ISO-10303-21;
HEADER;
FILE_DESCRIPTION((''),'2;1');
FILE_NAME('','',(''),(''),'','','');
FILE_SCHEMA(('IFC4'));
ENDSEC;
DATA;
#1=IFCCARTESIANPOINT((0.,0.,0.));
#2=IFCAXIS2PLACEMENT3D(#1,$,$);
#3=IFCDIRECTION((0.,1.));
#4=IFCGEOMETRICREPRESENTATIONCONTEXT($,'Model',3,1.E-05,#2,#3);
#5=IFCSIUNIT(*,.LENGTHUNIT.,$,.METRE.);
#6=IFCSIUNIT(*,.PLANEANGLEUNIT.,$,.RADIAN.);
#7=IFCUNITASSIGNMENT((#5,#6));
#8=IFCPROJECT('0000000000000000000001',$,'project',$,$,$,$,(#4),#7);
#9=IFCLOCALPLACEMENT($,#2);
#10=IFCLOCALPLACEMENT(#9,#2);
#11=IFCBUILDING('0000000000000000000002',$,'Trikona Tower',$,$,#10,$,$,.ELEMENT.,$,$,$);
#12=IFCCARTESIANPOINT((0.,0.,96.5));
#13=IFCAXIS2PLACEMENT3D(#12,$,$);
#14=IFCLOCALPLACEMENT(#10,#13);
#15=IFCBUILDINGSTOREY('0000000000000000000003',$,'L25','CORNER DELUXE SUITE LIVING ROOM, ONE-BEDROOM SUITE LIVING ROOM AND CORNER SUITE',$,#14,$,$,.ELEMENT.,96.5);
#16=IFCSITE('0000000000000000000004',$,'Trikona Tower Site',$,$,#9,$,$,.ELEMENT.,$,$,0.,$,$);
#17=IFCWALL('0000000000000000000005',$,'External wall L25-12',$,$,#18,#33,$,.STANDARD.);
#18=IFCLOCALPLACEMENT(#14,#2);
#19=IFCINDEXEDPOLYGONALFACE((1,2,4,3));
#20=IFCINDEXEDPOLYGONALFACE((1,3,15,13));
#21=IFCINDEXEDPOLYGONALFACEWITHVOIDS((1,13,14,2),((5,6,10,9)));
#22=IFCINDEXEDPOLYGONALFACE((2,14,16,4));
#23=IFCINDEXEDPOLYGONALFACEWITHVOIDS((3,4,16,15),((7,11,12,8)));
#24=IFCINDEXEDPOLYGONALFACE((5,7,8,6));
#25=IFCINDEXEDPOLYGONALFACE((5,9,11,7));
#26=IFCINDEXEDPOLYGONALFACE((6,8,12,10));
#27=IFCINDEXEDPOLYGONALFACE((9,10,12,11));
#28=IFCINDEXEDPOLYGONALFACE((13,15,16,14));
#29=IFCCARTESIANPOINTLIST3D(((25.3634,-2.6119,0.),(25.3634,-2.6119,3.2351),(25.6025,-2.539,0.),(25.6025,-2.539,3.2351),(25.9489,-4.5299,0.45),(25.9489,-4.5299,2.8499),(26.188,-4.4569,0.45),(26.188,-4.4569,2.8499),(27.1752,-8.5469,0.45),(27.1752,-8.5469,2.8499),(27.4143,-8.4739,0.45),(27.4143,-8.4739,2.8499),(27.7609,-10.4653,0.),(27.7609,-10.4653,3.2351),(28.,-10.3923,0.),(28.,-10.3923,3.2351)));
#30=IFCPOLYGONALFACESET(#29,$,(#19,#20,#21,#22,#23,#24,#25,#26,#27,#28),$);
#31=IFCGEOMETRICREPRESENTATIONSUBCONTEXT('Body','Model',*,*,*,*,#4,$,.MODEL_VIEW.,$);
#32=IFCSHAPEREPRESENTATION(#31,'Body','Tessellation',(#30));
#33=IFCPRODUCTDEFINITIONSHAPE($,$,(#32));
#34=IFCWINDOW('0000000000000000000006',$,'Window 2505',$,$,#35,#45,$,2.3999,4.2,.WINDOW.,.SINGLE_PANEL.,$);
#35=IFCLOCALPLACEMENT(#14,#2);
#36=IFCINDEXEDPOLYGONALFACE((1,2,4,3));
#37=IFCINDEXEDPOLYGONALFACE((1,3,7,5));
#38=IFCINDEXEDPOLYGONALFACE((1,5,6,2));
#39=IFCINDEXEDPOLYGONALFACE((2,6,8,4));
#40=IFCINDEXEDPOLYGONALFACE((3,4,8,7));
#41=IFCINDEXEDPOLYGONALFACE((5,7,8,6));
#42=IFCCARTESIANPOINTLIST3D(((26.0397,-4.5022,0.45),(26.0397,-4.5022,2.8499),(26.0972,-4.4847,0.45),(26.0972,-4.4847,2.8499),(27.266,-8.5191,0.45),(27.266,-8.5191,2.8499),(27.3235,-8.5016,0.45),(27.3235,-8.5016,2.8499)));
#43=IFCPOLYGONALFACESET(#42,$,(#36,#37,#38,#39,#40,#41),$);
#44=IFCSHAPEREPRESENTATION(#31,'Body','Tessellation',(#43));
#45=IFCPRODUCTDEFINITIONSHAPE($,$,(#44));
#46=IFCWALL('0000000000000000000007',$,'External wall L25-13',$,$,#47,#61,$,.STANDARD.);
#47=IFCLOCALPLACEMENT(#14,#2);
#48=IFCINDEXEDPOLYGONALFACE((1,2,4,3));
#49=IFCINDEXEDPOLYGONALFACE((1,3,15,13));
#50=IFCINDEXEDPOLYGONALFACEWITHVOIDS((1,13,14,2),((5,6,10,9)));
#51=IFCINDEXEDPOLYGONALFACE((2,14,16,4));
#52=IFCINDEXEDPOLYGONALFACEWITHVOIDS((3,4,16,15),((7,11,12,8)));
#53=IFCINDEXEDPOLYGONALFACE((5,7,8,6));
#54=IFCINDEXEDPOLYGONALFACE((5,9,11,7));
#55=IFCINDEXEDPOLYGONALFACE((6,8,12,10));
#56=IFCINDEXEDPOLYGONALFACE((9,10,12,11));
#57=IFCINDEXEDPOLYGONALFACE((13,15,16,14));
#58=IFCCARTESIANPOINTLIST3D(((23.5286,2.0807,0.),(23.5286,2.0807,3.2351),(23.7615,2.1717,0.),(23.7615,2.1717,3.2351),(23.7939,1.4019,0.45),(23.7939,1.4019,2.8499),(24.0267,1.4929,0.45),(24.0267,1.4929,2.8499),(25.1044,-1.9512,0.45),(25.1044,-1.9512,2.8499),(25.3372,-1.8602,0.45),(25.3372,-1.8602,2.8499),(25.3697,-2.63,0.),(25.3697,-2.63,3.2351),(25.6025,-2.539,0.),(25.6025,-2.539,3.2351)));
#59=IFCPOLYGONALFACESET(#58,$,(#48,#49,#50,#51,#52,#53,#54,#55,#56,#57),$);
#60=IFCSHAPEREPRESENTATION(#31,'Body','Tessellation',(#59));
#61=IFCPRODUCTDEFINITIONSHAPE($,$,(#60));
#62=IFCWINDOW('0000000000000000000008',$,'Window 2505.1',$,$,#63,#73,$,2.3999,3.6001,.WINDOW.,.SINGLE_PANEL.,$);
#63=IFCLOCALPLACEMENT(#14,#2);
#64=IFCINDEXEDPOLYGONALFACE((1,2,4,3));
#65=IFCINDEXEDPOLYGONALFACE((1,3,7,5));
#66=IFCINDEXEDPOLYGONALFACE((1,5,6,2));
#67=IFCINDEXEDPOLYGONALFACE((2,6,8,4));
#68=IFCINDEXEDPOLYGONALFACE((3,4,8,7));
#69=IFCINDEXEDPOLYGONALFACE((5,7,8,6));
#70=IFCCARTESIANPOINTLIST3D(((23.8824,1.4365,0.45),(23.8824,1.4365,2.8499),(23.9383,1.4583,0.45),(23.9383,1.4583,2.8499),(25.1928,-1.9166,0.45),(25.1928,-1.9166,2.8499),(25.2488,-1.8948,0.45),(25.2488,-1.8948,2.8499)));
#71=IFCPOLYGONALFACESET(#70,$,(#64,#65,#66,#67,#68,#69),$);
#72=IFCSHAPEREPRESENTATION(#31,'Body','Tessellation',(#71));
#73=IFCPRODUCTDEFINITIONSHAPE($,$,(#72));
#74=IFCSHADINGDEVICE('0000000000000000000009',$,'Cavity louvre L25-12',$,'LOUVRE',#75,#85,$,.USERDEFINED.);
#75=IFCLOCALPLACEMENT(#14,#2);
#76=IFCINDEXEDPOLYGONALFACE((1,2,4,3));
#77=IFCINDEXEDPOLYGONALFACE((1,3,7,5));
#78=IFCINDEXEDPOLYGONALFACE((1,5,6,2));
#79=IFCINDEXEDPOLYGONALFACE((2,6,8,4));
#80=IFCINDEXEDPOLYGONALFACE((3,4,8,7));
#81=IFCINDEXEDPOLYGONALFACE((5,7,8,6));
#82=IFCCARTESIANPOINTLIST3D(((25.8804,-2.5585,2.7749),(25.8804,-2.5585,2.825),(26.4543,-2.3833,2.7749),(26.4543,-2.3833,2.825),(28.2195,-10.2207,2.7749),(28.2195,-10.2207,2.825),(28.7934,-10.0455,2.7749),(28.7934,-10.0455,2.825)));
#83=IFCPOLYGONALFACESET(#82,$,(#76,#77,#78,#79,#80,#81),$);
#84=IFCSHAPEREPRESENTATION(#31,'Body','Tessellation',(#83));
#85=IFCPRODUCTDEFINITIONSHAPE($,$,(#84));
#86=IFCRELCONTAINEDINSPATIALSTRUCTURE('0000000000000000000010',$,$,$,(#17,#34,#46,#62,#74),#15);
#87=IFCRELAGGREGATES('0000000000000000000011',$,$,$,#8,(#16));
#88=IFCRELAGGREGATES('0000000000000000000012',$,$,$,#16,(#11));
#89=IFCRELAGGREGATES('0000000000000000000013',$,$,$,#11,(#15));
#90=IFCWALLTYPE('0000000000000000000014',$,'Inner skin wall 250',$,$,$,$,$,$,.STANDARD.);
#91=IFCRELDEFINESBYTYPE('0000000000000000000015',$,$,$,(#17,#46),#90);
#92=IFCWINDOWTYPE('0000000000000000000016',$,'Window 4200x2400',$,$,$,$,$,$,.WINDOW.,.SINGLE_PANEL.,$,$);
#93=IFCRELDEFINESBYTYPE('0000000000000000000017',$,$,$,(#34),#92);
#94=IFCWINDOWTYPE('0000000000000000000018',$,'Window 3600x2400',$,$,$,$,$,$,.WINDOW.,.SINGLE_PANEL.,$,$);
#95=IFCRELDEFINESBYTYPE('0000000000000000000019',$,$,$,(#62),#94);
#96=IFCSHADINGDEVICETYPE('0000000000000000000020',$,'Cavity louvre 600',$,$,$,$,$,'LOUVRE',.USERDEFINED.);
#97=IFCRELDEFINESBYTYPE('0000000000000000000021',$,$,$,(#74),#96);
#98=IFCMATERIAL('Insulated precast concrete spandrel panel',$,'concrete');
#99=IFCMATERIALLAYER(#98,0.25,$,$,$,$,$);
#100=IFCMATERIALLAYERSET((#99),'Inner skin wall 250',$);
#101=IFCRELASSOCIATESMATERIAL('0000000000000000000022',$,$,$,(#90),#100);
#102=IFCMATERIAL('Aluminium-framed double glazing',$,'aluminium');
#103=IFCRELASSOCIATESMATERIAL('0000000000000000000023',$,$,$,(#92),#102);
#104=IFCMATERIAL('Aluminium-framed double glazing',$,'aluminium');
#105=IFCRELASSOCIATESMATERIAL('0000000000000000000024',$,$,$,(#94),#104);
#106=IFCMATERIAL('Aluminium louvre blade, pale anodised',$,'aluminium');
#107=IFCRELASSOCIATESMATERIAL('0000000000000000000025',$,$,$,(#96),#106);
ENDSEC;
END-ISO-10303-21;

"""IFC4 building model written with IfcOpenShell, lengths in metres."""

from ifc_helpers import new_model, si_unit, direction, frame, frame_2d, origin, origin_2d, place, context, subcontext, project, spatial, rectangle, extrude, material, layer, layer_set, type_object, element, fill, save


model = new_model("IFC4")

# Units and contexts
model_context = context("Model", 3, precision=1e-05, world=origin(), true_north=direction((0.0, 1.0)))
body_context = subcontext(model_context, "Body", "Model", "MODEL_VIEW")
ifc_project = project(units=[si_unit("LENGTHUNIT", "METRE"), si_unit("PLANEANGLEUNIT", "RADIAN")], contexts=[model_context])

# Site, building, storey
site_placement = place(None, origin())
site = spatial("IfcSite", under=ifc_project, at=site_placement, Name="Trikona Tower Site", CompositionType="ELEMENT", RefElevation=0.0)
building_placement = place(site_placement, origin())
building = spatial("IfcBuilding", under=site, at=building_placement, Name="Trikona Tower", CompositionType="ELEMENT")
storey_placement = place(building_placement, frame((0.0, 0.0, 96.5)))
storey = spatial("IfcBuildingStorey", under=building, at=storey_placement, Name="L25", Description="CORNER DELUXE SUITE LIVING ROOM, ONE-BEDROOM SUITE LIVING ROOM AND CORNER SUITE", CompositionType="ELEMENT", Elevation=96.5)

# Walls, openings, windows
ifc_material_1 = material(Name="Insulated precast concrete spandrel panel", Category="concrete")
ifc_layer_1 = layer(ifc_material_1, 0.25)
ifc_layer_set_1 = layer_set([ifc_layer_1], Name="Inner skin wall 250")
wall_type = type_object("IfcWallType", Name="Inner skin wall 250", PredefinedType="STANDARD", material=ifc_layer_set_1)
wall_1_placement = place(storey_placement, frame((27.8804, -10.4287, 0.0), z_axis=(0.0, 0.0, 1.0), x_axis=(-0.291979, 0.956425, 0.0)))
wall_1 = element("IfcWall", 1, at=wall_1_placement, inside=storey, type_object=wall_type, Name="External wall L25-12", PredefinedType="STANDARD", context=body_context, shape_type="SweptSolid", body=[
    extrude(rectangle(XDim=8.2112, YDim=0.25, at=frame_2d((4.1055, 0.0))), origin(), (0.0, 0.0, 1.0), 3.2351),
])
opening_1_placement = place(wall_1_placement, frame((2.0056, 0.0, 0.45)))
opening_1 = element("IfcOpeningElement", 2, at=opening_1_placement, cuts=wall_1, PredefinedType="OPENING", context=body_context, shape_type="SweptSolid", body=[
    extrude(rectangle(XDim=4.2, YDim=2.3999, at=frame_2d((2.1001, 1.2))), frame((0.0, 0.135, 0.0), z_axis=(0.0, -1.0, 0.0), x_axis=(1.0, 0.0, 0.0)), (0.0, 0.0, 1.0), 0.27),
])
ifc_material_2 = material(Name="Aluminium-framed double glazing", Category="aluminium")
window_type_1 = type_object("IfcWindowType", Name="Window 4200x2400", PartitioningType="SINGLE_PANEL", PredefinedType="WINDOW", material=ifc_material_2)
window_1_placement = place(opening_1_placement, origin())
window_1 = element("IfcWindow", 3, at=window_1_placement, inside=storey, type_object=window_type_1, Name="Window 2505", OverallHeight=2.3999, OverallWidth=4.2, PartitioningType="SINGLE_PANEL", PredefinedType="WINDOW", context=body_context, shape_type="SweptSolid", body=[
    extrude(rectangle(XDim=4.2, YDim=2.3999, at=frame_2d((2.1001, 1.2))), frame((0.0, 0.03, 0.0), z_axis=(0.0, -1.0, 0.0), x_axis=(1.0, 0.0, 0.0)), (0.0, 0.0, 1.0), 0.0601),
])
fill(opening_1, window_1)
wall_2_placement = place(storey_placement, frame((25.4861, -2.5845, 0.0), z_axis=(0.0, 0.0, 1.0), x_axis=(-0.364013, 0.931394, 0.0)))
wall_2 = element("IfcWall", 4, at=wall_2_placement, inside=storey, type_object=wall_type, Name="External wall L25-13", PredefinedType="STANDARD", context=body_context, shape_type="SweptSolid", body=[
    extrude(rectangle(XDim=5.0576, YDim=0.25, at=frame_2d((2.5288, 0.0))), origin(), (0.0, 0.0, 1.0), 3.2351),
])
opening_2_placement = place(wall_2_placement, frame((0.7288, 0.0, 0.45)))
opening_2 = element("IfcOpeningElement", 5, at=opening_2_placement, cuts=wall_2, PredefinedType="OPENING", context=body_context, shape_type="SweptSolid", body=[
    extrude(rectangle(XDim=3.6001, YDim=2.3999, at=frame_2d((1.8, 1.2))), frame((0.0, 0.135, 0.0), z_axis=(0.0, -1.0, 0.0), x_axis=(1.0, 0.0, 0.0)), (0.0, 0.0, 1.0), 0.27),
])
ifc_material_3 = material(Name="Aluminium-framed double glazing", Category="aluminium")
window_type_2 = type_object("IfcWindowType", Name="Window 3600x2400", PartitioningType="SINGLE_PANEL", PredefinedType="WINDOW", material=ifc_material_3)
window_2_placement = place(opening_2_placement, origin())
window_2 = element("IfcWindow", 6, at=window_2_placement, inside=storey, type_object=window_type_2, Name="Window 2505.1", OverallHeight=2.3999, OverallWidth=3.6001, PartitioningType="SINGLE_PANEL", PredefinedType="WINDOW", context=body_context, shape_type="SweptSolid", body=[
    extrude(rectangle(XDim=3.6001, YDim=2.3999, at=frame_2d((1.8, 1.2))), frame((0.0, 0.03, 0.0), z_axis=(0.0, -1.0, 0.0), x_axis=(1.0, 0.0, 0.0)), (0.0, 0.0, 1.0), 0.0601),
])
fill(opening_2, window_2)

# Shading device
ifc_material_4 = material(Name="Aluminium louvre blade, pale anodised", Category="aluminium")
shading_device_type = type_object("IfcShadingDeviceType", Name="Cavity louvre 600", ElementType="LOUVRE", PredefinedType="USERDEFINED", material=ifc_material_4)
shading_device_placement = place(storey_placement, frame((27.3369, -6.302, 2.7749), z_axis=(0.0, 0.0, 1.0), x_axis=(-0.291979, 0.956425, 0.0)))
element("IfcShadingDevice", 7, at=shading_device_placement, inside=storey, type_object=shading_device_type, Name="Cavity louvre L25-12", ObjectType="LOUVRE", PredefinedType="USERDEFINED", context=body_context, shape_type="SweptSolid", body=[
    extrude(rectangle(XDim=8.0112, YDim=0.6001, at=origin_2d()), origin(), (0.0, 0.0, 1.0), 0.05),
])

save(model, "model.ifc")
